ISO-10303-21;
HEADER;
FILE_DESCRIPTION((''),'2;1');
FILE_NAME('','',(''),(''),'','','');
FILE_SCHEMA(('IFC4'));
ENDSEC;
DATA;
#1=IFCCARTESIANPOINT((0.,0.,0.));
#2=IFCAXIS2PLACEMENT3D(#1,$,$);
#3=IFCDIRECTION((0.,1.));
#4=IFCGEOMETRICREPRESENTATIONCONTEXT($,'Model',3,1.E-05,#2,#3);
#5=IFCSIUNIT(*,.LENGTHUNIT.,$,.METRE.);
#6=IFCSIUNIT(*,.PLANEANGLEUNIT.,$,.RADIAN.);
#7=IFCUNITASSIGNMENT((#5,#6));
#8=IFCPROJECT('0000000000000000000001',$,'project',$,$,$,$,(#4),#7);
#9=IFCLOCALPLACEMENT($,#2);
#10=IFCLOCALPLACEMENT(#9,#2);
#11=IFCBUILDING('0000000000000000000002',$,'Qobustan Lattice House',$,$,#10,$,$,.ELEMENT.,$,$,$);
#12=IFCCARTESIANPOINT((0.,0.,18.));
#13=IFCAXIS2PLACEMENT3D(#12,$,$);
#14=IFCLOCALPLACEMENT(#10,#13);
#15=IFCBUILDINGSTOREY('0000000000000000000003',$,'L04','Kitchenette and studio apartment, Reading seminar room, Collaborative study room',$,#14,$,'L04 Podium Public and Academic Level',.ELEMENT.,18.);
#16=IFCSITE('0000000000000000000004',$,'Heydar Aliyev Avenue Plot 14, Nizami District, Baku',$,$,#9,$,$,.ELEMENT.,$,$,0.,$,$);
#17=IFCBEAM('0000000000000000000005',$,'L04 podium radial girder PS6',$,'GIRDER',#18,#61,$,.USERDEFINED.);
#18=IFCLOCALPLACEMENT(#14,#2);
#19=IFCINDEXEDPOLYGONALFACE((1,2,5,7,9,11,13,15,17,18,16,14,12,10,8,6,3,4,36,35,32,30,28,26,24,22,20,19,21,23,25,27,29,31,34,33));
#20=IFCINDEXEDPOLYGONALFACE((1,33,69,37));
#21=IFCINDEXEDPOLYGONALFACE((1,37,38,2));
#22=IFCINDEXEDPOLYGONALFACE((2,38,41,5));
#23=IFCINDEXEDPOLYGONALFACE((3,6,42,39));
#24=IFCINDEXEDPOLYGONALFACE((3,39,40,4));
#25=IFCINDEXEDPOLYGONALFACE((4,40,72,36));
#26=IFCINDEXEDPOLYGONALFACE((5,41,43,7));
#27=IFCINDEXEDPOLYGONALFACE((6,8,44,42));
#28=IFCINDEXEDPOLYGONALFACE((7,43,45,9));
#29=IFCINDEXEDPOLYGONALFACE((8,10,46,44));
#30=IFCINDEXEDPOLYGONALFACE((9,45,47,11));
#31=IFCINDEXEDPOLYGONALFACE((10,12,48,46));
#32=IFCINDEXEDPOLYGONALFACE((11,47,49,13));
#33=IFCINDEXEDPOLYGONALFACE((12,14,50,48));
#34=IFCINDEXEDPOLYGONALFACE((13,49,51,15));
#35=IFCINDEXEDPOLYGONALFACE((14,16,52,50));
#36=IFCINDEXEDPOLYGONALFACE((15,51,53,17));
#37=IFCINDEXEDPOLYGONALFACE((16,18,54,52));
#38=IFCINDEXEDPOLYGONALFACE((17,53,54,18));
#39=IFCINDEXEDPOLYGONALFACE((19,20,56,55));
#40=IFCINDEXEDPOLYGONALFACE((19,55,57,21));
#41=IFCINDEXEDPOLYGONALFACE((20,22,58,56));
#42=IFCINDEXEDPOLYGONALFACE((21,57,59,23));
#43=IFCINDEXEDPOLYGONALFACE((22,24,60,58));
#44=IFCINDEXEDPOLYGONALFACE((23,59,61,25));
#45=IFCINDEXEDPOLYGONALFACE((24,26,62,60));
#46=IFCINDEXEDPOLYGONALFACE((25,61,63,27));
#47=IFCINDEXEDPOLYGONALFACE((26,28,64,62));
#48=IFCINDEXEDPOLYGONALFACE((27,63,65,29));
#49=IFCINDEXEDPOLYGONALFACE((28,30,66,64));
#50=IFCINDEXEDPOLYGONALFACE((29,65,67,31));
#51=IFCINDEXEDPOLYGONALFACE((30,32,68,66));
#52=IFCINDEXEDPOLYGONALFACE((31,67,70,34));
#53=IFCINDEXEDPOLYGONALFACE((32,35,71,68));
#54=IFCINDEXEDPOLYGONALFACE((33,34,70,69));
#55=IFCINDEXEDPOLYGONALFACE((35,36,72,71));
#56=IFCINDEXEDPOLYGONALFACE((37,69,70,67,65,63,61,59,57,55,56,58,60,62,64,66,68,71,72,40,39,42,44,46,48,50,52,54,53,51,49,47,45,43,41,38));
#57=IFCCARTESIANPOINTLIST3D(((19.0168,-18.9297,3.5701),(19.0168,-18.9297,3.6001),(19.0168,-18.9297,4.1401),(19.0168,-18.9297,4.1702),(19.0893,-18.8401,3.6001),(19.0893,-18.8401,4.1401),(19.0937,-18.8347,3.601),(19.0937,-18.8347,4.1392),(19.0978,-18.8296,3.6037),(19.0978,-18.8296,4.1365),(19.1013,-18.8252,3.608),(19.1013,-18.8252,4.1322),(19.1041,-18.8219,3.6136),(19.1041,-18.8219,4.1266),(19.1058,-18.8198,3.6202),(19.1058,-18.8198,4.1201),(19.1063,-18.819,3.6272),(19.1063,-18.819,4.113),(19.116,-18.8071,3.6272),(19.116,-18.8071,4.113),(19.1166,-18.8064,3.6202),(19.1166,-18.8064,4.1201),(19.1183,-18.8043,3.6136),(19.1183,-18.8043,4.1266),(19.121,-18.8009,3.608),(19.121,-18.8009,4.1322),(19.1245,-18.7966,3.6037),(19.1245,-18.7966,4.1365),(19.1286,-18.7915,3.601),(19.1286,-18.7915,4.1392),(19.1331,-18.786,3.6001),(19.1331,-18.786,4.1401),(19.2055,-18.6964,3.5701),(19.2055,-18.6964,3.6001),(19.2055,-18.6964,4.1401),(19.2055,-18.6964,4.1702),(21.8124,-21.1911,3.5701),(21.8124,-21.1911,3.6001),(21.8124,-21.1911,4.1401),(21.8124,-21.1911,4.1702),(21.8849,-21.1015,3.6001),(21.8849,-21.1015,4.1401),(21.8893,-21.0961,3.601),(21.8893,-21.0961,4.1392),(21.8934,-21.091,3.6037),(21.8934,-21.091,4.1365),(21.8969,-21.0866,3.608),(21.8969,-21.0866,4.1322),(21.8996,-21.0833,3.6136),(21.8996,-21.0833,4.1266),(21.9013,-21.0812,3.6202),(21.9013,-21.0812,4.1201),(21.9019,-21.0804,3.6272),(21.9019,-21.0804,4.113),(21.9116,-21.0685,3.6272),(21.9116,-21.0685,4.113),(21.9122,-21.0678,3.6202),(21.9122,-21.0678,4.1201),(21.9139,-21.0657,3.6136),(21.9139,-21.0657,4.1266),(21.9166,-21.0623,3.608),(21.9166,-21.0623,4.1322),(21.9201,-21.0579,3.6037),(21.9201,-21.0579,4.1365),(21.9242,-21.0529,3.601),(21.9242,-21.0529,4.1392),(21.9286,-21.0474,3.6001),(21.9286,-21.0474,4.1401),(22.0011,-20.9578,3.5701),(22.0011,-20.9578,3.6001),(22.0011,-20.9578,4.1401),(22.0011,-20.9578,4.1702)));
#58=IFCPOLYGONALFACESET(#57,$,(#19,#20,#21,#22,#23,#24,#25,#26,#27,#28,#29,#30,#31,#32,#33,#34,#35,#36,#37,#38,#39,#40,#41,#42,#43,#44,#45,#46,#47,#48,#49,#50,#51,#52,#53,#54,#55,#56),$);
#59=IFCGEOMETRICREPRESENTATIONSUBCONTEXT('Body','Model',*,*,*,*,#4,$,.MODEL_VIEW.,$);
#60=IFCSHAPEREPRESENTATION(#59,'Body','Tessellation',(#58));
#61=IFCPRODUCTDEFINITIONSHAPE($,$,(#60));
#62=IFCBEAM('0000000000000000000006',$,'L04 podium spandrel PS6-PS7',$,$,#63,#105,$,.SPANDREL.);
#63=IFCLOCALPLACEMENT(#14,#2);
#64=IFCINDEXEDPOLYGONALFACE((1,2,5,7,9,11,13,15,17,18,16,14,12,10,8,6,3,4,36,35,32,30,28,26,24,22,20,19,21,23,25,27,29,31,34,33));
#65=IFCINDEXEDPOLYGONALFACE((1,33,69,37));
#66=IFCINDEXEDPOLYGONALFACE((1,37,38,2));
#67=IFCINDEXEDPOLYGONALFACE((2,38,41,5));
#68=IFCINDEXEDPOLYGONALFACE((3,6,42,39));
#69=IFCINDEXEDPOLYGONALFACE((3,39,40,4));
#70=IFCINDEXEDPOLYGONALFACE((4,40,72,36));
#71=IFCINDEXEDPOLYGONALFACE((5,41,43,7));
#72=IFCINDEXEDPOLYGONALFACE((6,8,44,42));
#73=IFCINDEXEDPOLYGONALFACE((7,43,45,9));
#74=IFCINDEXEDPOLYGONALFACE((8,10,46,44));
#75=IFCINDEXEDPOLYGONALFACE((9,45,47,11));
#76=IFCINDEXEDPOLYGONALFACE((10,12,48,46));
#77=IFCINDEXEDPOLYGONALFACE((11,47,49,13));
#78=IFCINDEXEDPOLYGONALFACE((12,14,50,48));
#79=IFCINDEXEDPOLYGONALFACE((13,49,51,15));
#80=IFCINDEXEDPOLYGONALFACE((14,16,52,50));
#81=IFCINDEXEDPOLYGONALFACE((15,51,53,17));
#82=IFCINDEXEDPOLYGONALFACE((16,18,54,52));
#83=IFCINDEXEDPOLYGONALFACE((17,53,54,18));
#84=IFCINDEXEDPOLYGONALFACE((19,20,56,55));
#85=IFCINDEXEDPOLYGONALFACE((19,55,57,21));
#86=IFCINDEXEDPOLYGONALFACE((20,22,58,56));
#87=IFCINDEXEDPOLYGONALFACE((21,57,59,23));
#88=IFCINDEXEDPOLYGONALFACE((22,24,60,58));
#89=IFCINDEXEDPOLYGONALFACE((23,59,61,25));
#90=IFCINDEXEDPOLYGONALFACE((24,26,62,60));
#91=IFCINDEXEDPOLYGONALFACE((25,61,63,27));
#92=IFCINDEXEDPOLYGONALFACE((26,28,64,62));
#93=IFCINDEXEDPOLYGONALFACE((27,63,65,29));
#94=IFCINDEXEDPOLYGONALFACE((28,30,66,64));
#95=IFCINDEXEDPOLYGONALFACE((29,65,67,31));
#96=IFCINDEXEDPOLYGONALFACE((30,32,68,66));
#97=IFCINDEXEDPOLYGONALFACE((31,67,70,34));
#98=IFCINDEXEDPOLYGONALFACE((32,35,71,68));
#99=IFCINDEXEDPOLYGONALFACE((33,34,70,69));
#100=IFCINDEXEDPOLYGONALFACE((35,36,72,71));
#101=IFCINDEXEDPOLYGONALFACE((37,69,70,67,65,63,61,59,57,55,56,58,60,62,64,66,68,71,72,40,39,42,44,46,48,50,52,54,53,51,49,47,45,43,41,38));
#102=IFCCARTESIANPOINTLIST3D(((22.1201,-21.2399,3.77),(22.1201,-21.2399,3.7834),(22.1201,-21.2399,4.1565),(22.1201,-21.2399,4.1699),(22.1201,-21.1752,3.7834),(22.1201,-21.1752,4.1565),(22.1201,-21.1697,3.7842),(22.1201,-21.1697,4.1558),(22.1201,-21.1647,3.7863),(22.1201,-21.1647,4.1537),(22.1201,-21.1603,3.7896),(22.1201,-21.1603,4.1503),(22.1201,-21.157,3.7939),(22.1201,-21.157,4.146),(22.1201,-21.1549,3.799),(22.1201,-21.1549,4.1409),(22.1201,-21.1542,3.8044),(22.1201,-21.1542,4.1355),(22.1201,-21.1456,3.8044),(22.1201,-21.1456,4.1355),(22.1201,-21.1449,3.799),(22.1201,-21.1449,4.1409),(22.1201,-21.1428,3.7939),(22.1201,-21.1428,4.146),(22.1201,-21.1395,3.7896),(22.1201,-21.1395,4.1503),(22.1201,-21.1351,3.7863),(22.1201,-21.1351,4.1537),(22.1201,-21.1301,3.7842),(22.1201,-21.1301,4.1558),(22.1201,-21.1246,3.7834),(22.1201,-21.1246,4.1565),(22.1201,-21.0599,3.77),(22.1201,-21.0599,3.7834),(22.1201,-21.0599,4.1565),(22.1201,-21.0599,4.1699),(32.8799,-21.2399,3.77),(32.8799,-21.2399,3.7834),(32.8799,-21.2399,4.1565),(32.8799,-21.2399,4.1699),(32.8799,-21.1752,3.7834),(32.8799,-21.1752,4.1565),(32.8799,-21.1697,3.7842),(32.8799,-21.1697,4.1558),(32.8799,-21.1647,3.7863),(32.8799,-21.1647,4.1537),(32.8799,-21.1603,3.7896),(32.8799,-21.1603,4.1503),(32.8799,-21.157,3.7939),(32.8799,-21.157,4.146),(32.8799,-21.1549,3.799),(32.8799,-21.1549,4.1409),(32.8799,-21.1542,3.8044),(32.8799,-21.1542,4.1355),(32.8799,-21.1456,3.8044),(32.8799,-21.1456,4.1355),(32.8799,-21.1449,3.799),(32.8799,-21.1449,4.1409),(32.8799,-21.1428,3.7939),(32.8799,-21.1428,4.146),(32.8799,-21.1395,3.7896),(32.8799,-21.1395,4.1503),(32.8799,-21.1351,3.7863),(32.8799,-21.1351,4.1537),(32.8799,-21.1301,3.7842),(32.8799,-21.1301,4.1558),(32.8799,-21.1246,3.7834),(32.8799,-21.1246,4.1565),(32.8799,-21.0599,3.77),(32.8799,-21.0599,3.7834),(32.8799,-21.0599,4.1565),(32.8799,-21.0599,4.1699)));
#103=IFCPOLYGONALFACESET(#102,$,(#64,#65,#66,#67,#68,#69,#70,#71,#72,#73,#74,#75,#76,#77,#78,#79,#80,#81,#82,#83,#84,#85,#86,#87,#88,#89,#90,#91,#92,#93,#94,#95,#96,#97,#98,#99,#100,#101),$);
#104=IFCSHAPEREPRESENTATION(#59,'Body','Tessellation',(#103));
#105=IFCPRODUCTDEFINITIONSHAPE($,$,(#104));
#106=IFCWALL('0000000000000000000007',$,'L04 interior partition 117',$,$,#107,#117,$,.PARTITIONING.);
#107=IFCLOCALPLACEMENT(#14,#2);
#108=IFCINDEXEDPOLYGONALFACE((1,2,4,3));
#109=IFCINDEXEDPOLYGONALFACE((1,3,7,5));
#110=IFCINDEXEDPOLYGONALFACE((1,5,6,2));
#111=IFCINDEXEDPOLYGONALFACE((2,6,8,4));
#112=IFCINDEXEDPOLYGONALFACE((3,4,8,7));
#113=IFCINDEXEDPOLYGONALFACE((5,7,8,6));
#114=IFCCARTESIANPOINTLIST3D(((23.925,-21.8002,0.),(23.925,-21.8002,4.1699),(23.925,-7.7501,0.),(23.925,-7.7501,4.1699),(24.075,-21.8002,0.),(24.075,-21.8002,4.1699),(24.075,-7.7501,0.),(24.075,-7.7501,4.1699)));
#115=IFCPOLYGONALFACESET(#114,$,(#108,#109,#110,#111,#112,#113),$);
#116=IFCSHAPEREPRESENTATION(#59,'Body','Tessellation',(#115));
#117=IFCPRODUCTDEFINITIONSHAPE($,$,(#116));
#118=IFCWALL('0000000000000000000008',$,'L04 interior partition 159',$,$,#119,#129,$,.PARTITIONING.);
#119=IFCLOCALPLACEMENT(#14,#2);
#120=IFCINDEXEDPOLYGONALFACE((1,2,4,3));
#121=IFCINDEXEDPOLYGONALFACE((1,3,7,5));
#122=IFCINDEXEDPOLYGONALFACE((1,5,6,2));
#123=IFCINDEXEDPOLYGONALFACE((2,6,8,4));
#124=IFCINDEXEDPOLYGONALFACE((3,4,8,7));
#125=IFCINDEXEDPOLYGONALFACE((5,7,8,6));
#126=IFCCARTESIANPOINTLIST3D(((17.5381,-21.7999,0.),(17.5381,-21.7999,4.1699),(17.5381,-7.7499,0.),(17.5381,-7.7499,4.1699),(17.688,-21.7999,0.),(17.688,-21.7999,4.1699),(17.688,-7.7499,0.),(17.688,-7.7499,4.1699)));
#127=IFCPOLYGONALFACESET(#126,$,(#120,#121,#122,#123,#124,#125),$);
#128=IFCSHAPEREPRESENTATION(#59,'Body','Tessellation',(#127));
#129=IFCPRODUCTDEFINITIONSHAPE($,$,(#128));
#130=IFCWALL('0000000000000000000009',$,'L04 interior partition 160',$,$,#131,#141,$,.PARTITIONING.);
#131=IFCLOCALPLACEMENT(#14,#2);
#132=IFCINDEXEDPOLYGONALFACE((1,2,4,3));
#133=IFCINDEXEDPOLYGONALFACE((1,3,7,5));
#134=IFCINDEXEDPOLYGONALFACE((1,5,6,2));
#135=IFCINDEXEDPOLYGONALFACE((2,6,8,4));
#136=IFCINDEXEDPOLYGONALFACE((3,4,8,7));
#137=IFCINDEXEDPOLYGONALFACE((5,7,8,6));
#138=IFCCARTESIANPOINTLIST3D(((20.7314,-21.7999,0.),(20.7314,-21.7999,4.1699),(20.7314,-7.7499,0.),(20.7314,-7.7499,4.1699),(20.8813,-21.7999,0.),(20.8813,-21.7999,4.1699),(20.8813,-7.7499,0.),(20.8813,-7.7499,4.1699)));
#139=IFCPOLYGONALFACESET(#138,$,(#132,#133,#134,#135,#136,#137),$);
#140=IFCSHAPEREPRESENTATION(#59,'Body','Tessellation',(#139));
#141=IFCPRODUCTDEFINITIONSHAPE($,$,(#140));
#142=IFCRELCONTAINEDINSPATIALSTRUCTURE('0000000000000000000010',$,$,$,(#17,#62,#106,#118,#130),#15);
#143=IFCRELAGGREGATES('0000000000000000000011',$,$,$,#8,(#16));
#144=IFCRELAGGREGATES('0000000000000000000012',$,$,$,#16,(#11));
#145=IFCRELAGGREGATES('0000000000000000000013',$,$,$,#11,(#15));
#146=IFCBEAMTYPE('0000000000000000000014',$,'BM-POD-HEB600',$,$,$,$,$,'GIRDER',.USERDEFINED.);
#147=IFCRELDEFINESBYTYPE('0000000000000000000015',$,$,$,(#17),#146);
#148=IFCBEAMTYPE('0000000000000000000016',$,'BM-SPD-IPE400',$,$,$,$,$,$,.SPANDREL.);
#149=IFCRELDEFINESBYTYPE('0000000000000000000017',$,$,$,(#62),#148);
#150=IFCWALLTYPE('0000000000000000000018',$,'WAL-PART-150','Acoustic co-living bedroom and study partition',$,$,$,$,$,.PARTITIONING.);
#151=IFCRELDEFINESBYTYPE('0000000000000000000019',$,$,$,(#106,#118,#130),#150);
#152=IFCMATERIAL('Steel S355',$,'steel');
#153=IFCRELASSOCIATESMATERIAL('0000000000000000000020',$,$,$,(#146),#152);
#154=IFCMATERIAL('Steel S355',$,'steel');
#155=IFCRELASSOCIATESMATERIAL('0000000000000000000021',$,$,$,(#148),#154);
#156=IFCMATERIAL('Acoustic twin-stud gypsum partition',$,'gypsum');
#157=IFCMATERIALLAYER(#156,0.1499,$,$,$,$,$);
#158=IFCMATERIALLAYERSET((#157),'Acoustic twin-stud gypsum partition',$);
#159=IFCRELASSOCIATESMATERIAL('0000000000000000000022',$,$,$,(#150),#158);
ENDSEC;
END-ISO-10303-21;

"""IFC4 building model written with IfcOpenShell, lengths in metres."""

from ifc_helpers import new_model, si_unit, direction, frame, frame_2d, origin, origin_2d, place, context, subcontext, project, spatial, rectangle, i_section, extrude, material, layer, layer_set, material_profile, profile_set, type_object, element, save


model = new_model("IFC4")

# Units and contexts
model_context = context("Model", 3, precision=1e-05, world=origin(), true_north=direction((0.0, 1.0)))
body_context = subcontext(model_context, "Body", "Model", "MODEL_VIEW")
ifc_project = project(units=[si_unit("LENGTHUNIT", "METRE"), si_unit("PLANEANGLEUNIT", "RADIAN")], contexts=[model_context])

# Site, building, storey
site_placement = place(None, origin())
site = spatial("IfcSite", under=ifc_project, at=site_placement, Name="Heydar Aliyev Avenue Plot 14, Nizami District, Baku", CompositionType="ELEMENT", RefElevation=0.0)
building_placement = place(site_placement, origin())
building = spatial("IfcBuilding", under=site, at=building_placement, Name="Qobustan Lattice House", CompositionType="ELEMENT")
storey_placement = place(building_placement, frame((0.0, 0.0, 18.0)))
storey = spatial("IfcBuildingStorey", under=building, at=storey_placement, Name="L04", Description="Kitchenette and studio apartment, Reading seminar room, Collaborative study room", LongName="L04 Podium Public and Academic Level", CompositionType="ELEMENT", Elevation=18.0)

# Beams
ifc_material_1 = material(Name="Steel S355", Category="steel")
ifc_material_profile_1 = material_profile(ifc_material_1, i_section(OverallWidth=0.3, OverallDepth=0.6001, WebThickness=0.0154, FlangeThickness=0.03, FilletRadius=0.0271, at=origin_2d()), Name="HEB600")
ifc_profile_set_1 = profile_set([ifc_material_profile_1], Name="Steel S355")
beam_type_1 = type_object("IfcBeamType", Name="BM-POD-HEB600", ElementType="GIRDER", PredefinedType="USERDEFINED", material=ifc_profile_set_1)
beam_1_placement = place(storey_placement, frame((21.9067, -21.0745, 3.8701), z_axis=(-0.777473, 0.628917, 0.0), x_axis=(-0.628917, -0.777473, 0.0)))
element("IfcBeam", 1, at=beam_1_placement, inside=storey, type_object=beam_type_1, Name="L04 podium radial girder PS6", ObjectType="GIRDER", PredefinedType="USERDEFINED", context=body_context, shape_type="SweptSolid", body=[
    extrude(i_section(OverallWidth=0.3, OverallDepth=0.6001, WebThickness=0.0154, FlangeThickness=0.03, FilletRadius=0.0271, at=origin_2d()), origin(), (0.0, 0.0, 1.0), 3.5957),
])
ifc_material_2 = material(Name="Steel S355", Category="steel")
ifc_material_profile_2 = material_profile(ifc_material_2, i_section(OverallWidth=0.1799, OverallDepth=0.3999, WebThickness=0.0085, FlangeThickness=0.0134, FilletRadius=0.021, at=origin_2d()), Name="IPE400")
ifc_profile_set_2 = profile_set([ifc_material_profile_2], Name="Steel S355")
beam_type_2 = type_object("IfcBeamType", Name="BM-SPD-IPE400", PredefinedType="SPANDREL", material=ifc_profile_set_2)
beam_2_placement = place(storey_placement, frame((22.1201, -21.1499, 3.97), z_axis=(1.0, 0.0, 0.0), x_axis=(0.0, 1.0, 0.0)))
element("IfcBeam", 2, at=beam_2_placement, inside=storey, type_object=beam_type_2, Name="L04 podium spandrel PS6-PS7", PredefinedType="SPANDREL", context=body_context, shape_type="SweptSolid", body=[
    extrude(i_section(OverallWidth=0.1799, OverallDepth=0.3999, WebThickness=0.0085, FlangeThickness=0.0134, FilletRadius=0.021, at=origin_2d()), origin(), (0.0, 0.0, 1.0), 10.7598),
])

# Shared definitions
ifc_material_3 = material(Name="Acoustic twin-stud gypsum partition", Category="gypsum")
ifc_layer = layer(ifc_material_3, 0.1499)
ifc_layer_set = layer_set([ifc_layer], Name="Acoustic twin-stud gypsum partition")
wall_type = type_object("IfcWallType", Name="WAL-PART-150", Description="Acoustic co-living bedroom and study partition", PredefinedType="PARTITIONING", material=ifc_layer_set)

# Walls
for number, where, z_axis, x_axis, name in (
    (3, (24.0, -21.8, 0.0), (0.0, 0.0, 1.0), (0.0, 1.0, 0.0), "L04 interior partition 117"),
    (4, (17.613, -7.75, 0.0), (0.0, 0.0, 1.0), (0.0, -1.0, 0.0), "L04 interior partition 159"),
    (5, (20.8064, -7.75, 0.0), (0.0, 0.0, 1.0), (0.0, -1.0, 0.0), "L04 interior partition 160"),
):
    element("IfcWall", number, at=place(storey_placement, frame(where, z_axis=z_axis, x_axis=x_axis)), inside=storey, type_object=wall_type, Name=name, PredefinedType="PARTITIONING", context=body_context, shape_type="SweptSolid", body=[
        extrude(rectangle(XDim=14.05, YDim=0.1499, at=frame_2d((7.0249, 0.0))), origin(), (0.0, 0.0, 1.0), 4.1699),
    ])

save(model, "model.ifc")
